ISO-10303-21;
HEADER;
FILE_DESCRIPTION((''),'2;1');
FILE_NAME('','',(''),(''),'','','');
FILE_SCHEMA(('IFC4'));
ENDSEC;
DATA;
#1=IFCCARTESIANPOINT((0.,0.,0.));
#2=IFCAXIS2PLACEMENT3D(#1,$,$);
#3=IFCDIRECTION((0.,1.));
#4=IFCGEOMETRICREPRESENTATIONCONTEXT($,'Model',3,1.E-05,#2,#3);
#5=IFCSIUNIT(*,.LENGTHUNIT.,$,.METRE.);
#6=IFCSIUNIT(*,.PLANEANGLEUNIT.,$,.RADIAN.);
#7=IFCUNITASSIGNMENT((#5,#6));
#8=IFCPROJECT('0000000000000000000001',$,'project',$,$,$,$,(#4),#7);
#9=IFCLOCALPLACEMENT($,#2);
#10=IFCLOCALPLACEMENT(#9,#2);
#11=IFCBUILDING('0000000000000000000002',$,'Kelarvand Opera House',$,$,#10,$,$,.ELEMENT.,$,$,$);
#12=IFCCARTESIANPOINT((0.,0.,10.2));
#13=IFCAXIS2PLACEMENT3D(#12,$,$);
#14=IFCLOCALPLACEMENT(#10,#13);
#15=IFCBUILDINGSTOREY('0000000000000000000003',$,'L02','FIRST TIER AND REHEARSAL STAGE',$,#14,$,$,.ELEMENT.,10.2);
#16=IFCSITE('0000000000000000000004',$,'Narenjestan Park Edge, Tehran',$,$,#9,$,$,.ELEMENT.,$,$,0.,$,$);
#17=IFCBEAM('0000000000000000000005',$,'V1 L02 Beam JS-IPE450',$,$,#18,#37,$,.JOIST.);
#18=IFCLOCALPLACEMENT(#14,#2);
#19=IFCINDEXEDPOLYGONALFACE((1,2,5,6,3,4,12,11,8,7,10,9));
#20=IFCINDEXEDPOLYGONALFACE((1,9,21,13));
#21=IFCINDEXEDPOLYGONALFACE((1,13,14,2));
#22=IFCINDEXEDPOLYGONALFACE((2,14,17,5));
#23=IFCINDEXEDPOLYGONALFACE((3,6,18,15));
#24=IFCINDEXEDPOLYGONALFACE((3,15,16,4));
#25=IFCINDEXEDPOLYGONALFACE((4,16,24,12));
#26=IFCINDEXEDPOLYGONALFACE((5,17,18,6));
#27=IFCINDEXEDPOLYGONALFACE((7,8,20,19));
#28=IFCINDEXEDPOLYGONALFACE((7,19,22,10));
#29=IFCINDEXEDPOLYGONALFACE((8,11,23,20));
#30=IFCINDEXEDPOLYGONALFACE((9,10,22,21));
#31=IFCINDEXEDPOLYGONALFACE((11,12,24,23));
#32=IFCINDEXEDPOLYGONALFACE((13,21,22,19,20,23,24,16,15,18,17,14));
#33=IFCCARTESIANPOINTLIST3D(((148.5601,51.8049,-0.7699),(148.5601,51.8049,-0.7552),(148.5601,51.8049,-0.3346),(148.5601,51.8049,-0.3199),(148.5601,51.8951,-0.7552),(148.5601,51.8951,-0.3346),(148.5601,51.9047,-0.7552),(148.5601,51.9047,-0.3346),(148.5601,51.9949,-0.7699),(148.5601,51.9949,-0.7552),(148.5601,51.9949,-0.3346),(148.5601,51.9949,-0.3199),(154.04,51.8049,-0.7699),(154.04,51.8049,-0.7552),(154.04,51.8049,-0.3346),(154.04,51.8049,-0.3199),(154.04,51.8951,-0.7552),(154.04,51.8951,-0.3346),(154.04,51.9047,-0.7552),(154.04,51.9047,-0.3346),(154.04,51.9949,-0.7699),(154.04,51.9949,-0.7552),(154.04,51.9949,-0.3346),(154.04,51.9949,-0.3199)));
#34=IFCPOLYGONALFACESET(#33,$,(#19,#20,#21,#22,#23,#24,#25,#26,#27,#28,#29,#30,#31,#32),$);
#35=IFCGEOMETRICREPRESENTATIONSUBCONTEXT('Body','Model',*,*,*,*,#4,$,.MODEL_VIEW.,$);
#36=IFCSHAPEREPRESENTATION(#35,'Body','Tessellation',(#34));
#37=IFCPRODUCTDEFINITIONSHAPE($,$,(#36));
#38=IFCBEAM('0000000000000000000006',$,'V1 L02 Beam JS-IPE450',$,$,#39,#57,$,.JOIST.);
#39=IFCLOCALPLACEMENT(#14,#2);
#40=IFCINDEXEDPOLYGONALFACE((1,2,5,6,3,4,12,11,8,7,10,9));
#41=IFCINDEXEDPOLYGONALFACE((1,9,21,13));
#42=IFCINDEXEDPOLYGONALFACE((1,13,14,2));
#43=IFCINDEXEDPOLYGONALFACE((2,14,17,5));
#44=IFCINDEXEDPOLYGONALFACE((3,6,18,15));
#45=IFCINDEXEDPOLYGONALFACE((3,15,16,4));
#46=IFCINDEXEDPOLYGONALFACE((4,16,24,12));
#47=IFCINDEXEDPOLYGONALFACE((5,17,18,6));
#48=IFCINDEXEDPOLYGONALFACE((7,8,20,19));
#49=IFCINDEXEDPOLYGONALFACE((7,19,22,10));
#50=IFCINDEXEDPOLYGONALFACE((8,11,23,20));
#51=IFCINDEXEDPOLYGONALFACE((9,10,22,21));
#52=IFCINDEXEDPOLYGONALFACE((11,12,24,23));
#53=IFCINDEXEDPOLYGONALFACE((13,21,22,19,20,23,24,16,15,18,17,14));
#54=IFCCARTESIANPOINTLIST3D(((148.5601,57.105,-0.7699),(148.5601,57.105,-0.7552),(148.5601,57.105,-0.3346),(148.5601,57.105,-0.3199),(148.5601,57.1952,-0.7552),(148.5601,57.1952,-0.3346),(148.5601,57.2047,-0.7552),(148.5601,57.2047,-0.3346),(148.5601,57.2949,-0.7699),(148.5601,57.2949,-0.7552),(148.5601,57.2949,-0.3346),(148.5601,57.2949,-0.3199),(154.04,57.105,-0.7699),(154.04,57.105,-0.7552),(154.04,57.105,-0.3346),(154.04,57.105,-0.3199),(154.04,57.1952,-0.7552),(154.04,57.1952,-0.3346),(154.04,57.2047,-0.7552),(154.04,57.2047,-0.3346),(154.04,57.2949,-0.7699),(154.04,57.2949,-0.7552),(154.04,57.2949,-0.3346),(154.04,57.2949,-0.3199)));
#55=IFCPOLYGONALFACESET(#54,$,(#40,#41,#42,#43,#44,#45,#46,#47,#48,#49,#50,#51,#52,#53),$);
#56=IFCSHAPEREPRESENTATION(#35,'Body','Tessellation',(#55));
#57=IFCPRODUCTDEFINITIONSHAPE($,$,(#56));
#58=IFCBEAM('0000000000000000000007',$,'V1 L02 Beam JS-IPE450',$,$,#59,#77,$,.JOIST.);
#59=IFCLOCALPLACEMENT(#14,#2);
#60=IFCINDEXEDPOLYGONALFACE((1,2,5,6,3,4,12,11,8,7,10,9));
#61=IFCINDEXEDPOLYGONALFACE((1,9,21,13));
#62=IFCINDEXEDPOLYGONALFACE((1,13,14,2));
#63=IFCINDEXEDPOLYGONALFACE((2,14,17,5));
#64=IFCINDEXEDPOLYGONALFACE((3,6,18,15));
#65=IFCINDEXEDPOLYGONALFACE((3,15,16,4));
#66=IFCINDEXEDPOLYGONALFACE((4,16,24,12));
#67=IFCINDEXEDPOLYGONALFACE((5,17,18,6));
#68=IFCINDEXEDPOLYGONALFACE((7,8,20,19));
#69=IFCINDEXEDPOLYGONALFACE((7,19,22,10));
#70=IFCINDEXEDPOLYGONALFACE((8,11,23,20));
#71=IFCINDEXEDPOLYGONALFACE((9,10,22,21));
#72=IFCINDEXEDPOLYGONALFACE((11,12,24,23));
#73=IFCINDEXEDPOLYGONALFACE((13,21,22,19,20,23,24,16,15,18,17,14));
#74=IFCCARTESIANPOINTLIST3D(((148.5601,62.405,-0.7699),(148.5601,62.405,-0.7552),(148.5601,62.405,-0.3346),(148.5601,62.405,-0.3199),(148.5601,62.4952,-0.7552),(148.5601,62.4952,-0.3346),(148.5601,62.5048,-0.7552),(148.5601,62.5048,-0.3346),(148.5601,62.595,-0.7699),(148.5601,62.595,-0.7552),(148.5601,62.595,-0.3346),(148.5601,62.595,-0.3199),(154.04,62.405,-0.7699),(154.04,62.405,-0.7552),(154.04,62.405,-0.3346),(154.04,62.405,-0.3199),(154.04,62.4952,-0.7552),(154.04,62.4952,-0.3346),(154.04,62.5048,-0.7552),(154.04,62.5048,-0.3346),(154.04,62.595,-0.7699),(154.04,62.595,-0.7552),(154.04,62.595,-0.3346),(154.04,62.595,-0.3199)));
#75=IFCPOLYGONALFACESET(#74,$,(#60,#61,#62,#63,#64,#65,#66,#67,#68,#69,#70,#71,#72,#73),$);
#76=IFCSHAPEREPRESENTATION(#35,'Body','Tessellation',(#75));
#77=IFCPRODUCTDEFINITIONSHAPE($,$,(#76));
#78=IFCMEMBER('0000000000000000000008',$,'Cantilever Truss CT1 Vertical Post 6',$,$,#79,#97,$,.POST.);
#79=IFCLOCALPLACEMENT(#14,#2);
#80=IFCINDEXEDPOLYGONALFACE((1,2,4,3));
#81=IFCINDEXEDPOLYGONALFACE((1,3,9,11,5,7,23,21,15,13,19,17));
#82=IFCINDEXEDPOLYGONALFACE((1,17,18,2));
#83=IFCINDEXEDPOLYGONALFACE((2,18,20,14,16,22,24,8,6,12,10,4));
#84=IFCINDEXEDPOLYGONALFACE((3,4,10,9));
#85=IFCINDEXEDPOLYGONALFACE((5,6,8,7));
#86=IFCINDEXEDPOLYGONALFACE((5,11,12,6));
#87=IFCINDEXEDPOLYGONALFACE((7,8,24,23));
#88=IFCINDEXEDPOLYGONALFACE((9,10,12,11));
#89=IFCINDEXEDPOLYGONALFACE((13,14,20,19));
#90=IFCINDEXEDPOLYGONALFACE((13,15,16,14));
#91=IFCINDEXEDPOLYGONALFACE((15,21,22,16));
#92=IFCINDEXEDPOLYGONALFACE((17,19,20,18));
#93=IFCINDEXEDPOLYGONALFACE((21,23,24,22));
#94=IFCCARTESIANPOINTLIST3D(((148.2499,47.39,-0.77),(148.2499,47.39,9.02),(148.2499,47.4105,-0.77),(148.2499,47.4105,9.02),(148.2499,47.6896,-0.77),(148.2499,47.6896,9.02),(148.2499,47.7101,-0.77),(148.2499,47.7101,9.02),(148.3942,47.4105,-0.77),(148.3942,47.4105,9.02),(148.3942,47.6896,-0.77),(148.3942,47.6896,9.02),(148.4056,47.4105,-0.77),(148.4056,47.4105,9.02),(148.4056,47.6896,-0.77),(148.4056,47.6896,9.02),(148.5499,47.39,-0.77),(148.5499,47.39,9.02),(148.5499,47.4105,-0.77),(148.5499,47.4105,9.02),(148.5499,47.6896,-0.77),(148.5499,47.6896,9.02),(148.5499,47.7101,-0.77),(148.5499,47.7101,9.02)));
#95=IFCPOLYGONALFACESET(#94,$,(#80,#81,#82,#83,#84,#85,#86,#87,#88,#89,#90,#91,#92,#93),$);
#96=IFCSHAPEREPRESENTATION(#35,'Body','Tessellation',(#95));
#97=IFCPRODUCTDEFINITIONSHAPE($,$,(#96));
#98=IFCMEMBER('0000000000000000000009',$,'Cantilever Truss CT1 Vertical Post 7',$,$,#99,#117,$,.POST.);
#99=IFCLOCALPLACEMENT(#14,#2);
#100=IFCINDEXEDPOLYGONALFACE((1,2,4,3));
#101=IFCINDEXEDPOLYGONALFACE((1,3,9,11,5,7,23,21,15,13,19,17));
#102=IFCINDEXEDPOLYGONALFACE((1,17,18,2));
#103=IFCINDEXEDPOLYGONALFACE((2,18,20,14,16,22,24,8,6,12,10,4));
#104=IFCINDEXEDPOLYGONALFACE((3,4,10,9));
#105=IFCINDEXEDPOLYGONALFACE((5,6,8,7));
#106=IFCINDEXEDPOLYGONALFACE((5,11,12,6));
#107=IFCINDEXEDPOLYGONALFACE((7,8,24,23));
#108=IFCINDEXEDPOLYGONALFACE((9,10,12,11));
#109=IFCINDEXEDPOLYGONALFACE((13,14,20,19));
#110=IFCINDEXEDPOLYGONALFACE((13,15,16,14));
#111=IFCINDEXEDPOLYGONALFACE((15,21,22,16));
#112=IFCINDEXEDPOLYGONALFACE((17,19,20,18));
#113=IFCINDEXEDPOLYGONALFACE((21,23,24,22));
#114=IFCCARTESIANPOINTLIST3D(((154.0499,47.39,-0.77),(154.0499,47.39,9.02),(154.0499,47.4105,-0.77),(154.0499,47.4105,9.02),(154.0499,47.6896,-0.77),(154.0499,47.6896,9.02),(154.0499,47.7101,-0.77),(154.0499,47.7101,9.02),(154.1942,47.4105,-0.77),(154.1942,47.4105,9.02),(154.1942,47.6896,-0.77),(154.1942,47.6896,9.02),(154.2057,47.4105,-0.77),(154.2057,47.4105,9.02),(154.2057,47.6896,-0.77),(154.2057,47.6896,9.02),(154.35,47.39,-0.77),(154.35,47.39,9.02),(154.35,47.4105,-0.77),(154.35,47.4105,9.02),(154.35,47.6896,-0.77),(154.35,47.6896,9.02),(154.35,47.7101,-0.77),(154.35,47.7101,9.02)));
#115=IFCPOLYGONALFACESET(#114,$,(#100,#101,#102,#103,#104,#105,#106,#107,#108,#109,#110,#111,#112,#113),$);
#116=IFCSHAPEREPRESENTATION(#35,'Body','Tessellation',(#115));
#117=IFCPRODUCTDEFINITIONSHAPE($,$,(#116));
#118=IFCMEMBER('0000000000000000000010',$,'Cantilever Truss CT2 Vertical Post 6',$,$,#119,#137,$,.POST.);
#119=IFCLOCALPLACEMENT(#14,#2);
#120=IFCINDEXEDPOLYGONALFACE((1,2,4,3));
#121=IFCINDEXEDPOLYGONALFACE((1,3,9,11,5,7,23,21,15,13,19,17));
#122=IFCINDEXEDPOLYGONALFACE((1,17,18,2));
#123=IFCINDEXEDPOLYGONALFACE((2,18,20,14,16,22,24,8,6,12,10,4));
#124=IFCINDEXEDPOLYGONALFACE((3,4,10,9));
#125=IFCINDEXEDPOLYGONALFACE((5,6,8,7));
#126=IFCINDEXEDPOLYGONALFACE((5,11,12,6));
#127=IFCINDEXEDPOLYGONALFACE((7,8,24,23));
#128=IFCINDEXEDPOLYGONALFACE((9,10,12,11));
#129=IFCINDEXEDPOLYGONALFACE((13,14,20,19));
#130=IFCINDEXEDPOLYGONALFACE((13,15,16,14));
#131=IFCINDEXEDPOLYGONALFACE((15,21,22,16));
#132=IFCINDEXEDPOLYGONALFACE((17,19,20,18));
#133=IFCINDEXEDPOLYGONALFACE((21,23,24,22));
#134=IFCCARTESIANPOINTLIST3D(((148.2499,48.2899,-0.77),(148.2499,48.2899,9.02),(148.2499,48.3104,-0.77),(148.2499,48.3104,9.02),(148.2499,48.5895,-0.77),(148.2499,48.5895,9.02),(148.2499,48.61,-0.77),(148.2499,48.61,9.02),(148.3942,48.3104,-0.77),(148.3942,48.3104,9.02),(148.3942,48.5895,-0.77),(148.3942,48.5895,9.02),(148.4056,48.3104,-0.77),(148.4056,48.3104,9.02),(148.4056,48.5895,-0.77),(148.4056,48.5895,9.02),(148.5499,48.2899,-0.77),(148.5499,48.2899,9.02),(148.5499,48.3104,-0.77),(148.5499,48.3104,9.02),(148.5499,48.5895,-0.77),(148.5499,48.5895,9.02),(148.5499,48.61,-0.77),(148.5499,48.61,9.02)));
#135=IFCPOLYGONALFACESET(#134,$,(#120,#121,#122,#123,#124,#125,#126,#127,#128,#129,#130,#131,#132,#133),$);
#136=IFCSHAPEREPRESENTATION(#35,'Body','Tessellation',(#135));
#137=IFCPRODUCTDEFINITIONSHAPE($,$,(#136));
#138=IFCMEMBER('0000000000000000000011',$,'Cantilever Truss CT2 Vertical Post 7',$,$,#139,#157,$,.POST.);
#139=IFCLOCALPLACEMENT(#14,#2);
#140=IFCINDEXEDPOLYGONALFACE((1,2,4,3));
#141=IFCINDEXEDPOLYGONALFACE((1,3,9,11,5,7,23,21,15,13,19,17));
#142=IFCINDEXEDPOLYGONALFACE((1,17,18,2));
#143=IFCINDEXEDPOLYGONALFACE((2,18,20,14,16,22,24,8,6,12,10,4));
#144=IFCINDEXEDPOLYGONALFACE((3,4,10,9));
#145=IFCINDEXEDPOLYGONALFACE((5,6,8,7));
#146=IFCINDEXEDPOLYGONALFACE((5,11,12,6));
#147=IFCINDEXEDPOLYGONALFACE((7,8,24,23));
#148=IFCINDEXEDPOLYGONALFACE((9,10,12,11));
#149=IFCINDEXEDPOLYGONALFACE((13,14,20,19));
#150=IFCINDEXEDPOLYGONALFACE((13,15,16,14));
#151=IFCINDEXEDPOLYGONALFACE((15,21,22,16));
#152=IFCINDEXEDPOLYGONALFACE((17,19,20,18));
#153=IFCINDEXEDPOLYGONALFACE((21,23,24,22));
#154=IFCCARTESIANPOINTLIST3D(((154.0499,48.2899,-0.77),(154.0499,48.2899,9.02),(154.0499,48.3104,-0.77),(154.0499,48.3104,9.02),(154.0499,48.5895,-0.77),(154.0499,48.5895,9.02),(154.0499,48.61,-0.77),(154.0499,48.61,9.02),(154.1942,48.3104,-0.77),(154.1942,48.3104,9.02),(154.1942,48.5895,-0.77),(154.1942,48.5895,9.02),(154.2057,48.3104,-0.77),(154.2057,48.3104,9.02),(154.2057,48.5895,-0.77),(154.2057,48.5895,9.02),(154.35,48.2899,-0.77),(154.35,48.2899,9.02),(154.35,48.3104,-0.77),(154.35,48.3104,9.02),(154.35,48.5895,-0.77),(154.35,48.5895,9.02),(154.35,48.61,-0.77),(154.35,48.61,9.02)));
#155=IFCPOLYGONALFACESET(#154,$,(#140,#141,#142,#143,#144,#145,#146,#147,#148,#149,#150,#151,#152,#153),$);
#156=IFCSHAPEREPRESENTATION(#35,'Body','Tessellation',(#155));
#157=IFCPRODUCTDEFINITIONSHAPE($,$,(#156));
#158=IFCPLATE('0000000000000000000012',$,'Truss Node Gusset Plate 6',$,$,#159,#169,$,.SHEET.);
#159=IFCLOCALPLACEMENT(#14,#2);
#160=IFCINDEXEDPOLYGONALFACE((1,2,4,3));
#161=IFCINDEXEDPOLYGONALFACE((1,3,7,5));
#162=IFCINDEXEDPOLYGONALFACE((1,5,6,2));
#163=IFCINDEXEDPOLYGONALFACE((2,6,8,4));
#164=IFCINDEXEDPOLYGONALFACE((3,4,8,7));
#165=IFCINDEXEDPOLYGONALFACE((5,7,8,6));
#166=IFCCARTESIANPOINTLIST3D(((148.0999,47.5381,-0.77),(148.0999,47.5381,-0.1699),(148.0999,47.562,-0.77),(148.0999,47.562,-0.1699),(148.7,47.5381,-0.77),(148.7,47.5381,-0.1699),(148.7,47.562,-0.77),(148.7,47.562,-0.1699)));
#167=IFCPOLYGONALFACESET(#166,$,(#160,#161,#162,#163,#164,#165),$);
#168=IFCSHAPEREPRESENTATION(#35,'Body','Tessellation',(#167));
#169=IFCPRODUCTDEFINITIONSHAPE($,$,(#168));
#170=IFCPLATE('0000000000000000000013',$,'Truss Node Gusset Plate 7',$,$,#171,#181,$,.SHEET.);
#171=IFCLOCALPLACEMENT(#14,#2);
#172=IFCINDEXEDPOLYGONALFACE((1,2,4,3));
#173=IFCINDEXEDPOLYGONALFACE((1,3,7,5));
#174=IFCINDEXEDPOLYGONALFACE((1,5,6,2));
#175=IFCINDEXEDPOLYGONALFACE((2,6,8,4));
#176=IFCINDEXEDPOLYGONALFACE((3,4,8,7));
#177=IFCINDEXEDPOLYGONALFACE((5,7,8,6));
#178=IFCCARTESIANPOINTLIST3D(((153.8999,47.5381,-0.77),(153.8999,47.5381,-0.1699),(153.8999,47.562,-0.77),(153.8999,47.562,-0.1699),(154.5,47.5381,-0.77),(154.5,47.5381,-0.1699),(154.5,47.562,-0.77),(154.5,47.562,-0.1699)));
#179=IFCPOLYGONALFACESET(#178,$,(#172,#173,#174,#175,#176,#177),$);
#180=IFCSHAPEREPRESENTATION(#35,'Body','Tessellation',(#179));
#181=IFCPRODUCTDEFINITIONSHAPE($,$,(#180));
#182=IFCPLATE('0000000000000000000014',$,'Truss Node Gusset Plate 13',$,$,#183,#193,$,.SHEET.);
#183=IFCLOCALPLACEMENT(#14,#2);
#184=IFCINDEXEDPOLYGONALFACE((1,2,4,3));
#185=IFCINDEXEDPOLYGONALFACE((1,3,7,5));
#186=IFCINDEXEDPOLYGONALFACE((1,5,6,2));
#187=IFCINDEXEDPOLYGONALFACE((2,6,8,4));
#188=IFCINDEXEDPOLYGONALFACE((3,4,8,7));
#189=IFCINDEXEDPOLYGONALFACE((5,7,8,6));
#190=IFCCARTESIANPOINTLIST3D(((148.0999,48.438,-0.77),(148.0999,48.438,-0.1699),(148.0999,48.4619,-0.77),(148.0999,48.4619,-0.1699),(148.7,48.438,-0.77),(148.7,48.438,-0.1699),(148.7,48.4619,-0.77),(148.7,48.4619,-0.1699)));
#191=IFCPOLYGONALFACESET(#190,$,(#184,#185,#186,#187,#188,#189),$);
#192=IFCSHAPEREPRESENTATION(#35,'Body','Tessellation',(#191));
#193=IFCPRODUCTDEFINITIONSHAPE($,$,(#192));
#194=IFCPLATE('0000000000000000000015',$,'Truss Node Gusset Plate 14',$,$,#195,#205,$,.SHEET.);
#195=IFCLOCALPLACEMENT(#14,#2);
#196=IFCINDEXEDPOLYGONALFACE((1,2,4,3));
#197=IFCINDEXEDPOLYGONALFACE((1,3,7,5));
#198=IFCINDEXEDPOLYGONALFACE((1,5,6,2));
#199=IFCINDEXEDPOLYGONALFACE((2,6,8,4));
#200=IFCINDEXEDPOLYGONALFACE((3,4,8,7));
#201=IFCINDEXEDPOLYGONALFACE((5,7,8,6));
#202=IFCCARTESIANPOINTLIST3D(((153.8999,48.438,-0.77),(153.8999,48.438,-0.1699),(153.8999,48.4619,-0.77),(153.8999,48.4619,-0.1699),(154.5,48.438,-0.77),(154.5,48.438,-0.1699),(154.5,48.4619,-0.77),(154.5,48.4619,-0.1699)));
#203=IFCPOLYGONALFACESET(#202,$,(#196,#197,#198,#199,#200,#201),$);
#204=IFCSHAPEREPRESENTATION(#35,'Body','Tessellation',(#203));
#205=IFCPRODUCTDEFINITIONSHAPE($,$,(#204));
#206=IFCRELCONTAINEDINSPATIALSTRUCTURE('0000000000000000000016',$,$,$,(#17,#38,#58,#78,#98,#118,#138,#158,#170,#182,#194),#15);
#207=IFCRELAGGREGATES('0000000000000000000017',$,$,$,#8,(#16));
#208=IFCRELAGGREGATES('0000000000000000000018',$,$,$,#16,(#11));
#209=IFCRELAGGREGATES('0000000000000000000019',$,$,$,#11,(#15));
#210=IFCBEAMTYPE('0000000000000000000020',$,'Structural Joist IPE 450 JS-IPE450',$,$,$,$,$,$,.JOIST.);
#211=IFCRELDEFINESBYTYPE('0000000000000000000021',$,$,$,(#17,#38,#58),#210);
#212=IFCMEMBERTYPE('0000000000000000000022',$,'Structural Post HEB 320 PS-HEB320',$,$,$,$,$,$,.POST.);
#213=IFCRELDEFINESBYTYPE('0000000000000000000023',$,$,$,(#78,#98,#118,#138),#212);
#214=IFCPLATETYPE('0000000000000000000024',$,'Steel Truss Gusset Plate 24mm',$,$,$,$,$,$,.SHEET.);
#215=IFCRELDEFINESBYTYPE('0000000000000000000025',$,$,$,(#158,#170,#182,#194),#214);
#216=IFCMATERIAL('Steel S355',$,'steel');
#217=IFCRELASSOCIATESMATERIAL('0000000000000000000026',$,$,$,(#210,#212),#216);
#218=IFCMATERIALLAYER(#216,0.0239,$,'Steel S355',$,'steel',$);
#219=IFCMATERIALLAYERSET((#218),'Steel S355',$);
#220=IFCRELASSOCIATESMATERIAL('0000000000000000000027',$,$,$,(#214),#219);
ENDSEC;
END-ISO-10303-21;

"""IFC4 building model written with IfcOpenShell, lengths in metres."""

from ifc_helpers import new_model, si_unit, direction, frame, origin, origin_2d, place, context, subcontext, project, spatial, rectangle, i_section, extrude, material, layer, layer_set, material_profile, profile_set, type_object, element, save


model = new_model("IFC4")

# Units and contexts
model_context = context("Model", 3, precision=1e-05, world=origin(), true_north=direction((0.0, 1.0)))
body_context = subcontext(model_context, "Body", "Model", "MODEL_VIEW")
ifc_project = project(units=[si_unit("LENGTHUNIT", "METRE"), si_unit("PLANEANGLEUNIT", "RADIAN")], contexts=[model_context])

# Site, building, storey
site_placement = place(None, origin())
site = spatial("IfcSite", under=ifc_project, at=site_placement, Name="Narenjestan Park Edge, Tehran", CompositionType="ELEMENT", RefElevation=0.0)
building_placement = place(site_placement, origin())
building = spatial("IfcBuilding", under=site, at=building_placement, Name="Kelarvand Opera House", CompositionType="ELEMENT")
storey_placement = place(building_placement, frame((0.0, 0.0, 10.2)))
storey = spatial("IfcBuildingStorey", under=building, at=storey_placement, Name="L02", Description="FIRST TIER AND REHEARSAL STAGE", CompositionType="ELEMENT", Elevation=10.2)

# Shared definitions
ifc_material_1 = material(Name="Steel S355", Category="steel")

# Beams
ifc_material_profile_1 = material_profile(ifc_material_1, i_section(OverallWidth=0.1899, OverallDepth=0.45, WebThickness=0.0095, FlangeThickness=0.0146, at=origin_2d()), Name="IPE 450", Category="steel")
ifc_profile_set_1 = profile_set([ifc_material_profile_1], Name="Steel S355")
beam_type = type_object("IfcBeamType", Name="Structural Joist IPE 450 JS-IPE450", PredefinedType="JOIST", material=ifc_profile_set_1)
for number, where, z_axis, x_axis, name in (
    (1, (148.5601, 51.8999, -0.5449), (1.0, 0.0, 0.0), (0.0, 1.0, 0.0), "V1 L02 Beam JS-IPE450"),
    (2, (148.5601, 57.2, -0.5449), (1.0, 0.0, 0.0), (0.0, 1.0, 0.0), "V1 L02 Beam JS-IPE450"),
    (3, (148.5601, 62.5, -0.5449), (1.0, 0.0, 0.0), (0.0, 1.0, 0.0), "V1 L02 Beam JS-IPE450"),
):
    element("IfcBeam", number, at=place(storey_placement, frame(where, z_axis=z_axis, x_axis=x_axis)), inside=storey, type_object=beam_type, Name=name, PredefinedType="JOIST", context=body_context, shape_type="SweptSolid", body=[
        extrude(i_section(OverallWidth=0.1899, OverallDepth=0.45, WebThickness=0.0095, FlangeThickness=0.0146, at=origin_2d()), origin(), (0.0, 0.0, 1.0), 5.48),
    ])

# Members
ifc_material_profile_2 = material_profile(ifc_material_1, i_section(OverallWidth=0.3, OverallDepth=0.3201, WebThickness=0.0115, FlangeThickness=0.0205, at=origin_2d()), Name="HEB 320", Category="steel")
ifc_profile_set_2 = profile_set([ifc_material_profile_2], Name="Steel S355")
member_type_1 = type_object("IfcMemberType", Name="Structural Post HEB 320 PS-HEB320", PredefinedType="POST", material=ifc_profile_set_2)
for number, where, z_axis, x_axis, name in (
    (4, (148.3999, 47.55, -0.77), (0.0, 0.0, 1.0), (1.0, 0.0, 0.0), "Cantilever Truss CT1 Vertical Post 6"),
    (5, (154.2, 47.55, -0.77), (0.0, 0.0, 1.0), (1.0, 0.0, 0.0), "Cantilever Truss CT1 Vertical Post 7"),
    (6, (148.3999, 48.45, -0.77), (0.0, 0.0, 1.0), (1.0, 0.0, 0.0), "Cantilever Truss CT2 Vertical Post 6"),
    (7, (154.2, 48.45, -0.77), (0.0, 0.0, 1.0), (1.0, 0.0, 0.0), "Cantilever Truss CT2 Vertical Post 7"),
):
    element("IfcMember", number, at=place(storey_placement, frame(where, z_axis=z_axis, x_axis=x_axis)), inside=storey, type_object=member_type_1, Name=name, PredefinedType="POST", context=body_context, shape_type="SweptSolid", body=[
        extrude(i_section(OverallWidth=0.3, OverallDepth=0.3201, WebThickness=0.0115, FlangeThickness=0.0205, at=origin_2d()), origin(), (0.0, 0.0, 1.0), 9.79),
    ])

# Plates
ifc_layer_1 = layer(ifc_material_1, 0.0239, Name="Steel S355", Category="steel")
ifc_layer_set_1 = layer_set([ifc_layer_1], Name="Steel S355")
plate_type = type_object("IfcPlateType", Name="Steel Truss Gusset Plate 24mm", PredefinedType="SHEET", material=ifc_layer_set_1)
for number, where, z_axis, x_axis, name in (
    (8, (148.3999, 47.55, -0.77), (0.0, 0.0, 1.0), (1.0, 0.0, 0.0), "Truss Node Gusset Plate 6"),
    (9, (154.2, 47.55, -0.77), (0.0, 0.0, 1.0), (1.0, 0.0, 0.0), "Truss Node Gusset Plate 7"),
    (10, (148.3999, 48.45, -0.77), (0.0, 0.0, 1.0), (1.0, 0.0, 0.0), "Truss Node Gusset Plate 13"),
    (11, (154.2, 48.45, -0.77), (0.0, 0.0, 1.0), (1.0, 0.0, 0.0), "Truss Node Gusset Plate 14"),
):
    element("IfcPlate", number, at=place(storey_placement, frame(where, z_axis=z_axis, x_axis=x_axis)), inside=storey, type_object=plate_type, Name=name, PredefinedType="SHEET", context=body_context, shape_type="SweptSolid", body=[
        extrude(rectangle(XDim=0.6001, YDim=0.0239, at=origin_2d()), origin(), (0.0, 0.0, 1.0), 0.6001),
    ])

save(model, "model.ifc")
